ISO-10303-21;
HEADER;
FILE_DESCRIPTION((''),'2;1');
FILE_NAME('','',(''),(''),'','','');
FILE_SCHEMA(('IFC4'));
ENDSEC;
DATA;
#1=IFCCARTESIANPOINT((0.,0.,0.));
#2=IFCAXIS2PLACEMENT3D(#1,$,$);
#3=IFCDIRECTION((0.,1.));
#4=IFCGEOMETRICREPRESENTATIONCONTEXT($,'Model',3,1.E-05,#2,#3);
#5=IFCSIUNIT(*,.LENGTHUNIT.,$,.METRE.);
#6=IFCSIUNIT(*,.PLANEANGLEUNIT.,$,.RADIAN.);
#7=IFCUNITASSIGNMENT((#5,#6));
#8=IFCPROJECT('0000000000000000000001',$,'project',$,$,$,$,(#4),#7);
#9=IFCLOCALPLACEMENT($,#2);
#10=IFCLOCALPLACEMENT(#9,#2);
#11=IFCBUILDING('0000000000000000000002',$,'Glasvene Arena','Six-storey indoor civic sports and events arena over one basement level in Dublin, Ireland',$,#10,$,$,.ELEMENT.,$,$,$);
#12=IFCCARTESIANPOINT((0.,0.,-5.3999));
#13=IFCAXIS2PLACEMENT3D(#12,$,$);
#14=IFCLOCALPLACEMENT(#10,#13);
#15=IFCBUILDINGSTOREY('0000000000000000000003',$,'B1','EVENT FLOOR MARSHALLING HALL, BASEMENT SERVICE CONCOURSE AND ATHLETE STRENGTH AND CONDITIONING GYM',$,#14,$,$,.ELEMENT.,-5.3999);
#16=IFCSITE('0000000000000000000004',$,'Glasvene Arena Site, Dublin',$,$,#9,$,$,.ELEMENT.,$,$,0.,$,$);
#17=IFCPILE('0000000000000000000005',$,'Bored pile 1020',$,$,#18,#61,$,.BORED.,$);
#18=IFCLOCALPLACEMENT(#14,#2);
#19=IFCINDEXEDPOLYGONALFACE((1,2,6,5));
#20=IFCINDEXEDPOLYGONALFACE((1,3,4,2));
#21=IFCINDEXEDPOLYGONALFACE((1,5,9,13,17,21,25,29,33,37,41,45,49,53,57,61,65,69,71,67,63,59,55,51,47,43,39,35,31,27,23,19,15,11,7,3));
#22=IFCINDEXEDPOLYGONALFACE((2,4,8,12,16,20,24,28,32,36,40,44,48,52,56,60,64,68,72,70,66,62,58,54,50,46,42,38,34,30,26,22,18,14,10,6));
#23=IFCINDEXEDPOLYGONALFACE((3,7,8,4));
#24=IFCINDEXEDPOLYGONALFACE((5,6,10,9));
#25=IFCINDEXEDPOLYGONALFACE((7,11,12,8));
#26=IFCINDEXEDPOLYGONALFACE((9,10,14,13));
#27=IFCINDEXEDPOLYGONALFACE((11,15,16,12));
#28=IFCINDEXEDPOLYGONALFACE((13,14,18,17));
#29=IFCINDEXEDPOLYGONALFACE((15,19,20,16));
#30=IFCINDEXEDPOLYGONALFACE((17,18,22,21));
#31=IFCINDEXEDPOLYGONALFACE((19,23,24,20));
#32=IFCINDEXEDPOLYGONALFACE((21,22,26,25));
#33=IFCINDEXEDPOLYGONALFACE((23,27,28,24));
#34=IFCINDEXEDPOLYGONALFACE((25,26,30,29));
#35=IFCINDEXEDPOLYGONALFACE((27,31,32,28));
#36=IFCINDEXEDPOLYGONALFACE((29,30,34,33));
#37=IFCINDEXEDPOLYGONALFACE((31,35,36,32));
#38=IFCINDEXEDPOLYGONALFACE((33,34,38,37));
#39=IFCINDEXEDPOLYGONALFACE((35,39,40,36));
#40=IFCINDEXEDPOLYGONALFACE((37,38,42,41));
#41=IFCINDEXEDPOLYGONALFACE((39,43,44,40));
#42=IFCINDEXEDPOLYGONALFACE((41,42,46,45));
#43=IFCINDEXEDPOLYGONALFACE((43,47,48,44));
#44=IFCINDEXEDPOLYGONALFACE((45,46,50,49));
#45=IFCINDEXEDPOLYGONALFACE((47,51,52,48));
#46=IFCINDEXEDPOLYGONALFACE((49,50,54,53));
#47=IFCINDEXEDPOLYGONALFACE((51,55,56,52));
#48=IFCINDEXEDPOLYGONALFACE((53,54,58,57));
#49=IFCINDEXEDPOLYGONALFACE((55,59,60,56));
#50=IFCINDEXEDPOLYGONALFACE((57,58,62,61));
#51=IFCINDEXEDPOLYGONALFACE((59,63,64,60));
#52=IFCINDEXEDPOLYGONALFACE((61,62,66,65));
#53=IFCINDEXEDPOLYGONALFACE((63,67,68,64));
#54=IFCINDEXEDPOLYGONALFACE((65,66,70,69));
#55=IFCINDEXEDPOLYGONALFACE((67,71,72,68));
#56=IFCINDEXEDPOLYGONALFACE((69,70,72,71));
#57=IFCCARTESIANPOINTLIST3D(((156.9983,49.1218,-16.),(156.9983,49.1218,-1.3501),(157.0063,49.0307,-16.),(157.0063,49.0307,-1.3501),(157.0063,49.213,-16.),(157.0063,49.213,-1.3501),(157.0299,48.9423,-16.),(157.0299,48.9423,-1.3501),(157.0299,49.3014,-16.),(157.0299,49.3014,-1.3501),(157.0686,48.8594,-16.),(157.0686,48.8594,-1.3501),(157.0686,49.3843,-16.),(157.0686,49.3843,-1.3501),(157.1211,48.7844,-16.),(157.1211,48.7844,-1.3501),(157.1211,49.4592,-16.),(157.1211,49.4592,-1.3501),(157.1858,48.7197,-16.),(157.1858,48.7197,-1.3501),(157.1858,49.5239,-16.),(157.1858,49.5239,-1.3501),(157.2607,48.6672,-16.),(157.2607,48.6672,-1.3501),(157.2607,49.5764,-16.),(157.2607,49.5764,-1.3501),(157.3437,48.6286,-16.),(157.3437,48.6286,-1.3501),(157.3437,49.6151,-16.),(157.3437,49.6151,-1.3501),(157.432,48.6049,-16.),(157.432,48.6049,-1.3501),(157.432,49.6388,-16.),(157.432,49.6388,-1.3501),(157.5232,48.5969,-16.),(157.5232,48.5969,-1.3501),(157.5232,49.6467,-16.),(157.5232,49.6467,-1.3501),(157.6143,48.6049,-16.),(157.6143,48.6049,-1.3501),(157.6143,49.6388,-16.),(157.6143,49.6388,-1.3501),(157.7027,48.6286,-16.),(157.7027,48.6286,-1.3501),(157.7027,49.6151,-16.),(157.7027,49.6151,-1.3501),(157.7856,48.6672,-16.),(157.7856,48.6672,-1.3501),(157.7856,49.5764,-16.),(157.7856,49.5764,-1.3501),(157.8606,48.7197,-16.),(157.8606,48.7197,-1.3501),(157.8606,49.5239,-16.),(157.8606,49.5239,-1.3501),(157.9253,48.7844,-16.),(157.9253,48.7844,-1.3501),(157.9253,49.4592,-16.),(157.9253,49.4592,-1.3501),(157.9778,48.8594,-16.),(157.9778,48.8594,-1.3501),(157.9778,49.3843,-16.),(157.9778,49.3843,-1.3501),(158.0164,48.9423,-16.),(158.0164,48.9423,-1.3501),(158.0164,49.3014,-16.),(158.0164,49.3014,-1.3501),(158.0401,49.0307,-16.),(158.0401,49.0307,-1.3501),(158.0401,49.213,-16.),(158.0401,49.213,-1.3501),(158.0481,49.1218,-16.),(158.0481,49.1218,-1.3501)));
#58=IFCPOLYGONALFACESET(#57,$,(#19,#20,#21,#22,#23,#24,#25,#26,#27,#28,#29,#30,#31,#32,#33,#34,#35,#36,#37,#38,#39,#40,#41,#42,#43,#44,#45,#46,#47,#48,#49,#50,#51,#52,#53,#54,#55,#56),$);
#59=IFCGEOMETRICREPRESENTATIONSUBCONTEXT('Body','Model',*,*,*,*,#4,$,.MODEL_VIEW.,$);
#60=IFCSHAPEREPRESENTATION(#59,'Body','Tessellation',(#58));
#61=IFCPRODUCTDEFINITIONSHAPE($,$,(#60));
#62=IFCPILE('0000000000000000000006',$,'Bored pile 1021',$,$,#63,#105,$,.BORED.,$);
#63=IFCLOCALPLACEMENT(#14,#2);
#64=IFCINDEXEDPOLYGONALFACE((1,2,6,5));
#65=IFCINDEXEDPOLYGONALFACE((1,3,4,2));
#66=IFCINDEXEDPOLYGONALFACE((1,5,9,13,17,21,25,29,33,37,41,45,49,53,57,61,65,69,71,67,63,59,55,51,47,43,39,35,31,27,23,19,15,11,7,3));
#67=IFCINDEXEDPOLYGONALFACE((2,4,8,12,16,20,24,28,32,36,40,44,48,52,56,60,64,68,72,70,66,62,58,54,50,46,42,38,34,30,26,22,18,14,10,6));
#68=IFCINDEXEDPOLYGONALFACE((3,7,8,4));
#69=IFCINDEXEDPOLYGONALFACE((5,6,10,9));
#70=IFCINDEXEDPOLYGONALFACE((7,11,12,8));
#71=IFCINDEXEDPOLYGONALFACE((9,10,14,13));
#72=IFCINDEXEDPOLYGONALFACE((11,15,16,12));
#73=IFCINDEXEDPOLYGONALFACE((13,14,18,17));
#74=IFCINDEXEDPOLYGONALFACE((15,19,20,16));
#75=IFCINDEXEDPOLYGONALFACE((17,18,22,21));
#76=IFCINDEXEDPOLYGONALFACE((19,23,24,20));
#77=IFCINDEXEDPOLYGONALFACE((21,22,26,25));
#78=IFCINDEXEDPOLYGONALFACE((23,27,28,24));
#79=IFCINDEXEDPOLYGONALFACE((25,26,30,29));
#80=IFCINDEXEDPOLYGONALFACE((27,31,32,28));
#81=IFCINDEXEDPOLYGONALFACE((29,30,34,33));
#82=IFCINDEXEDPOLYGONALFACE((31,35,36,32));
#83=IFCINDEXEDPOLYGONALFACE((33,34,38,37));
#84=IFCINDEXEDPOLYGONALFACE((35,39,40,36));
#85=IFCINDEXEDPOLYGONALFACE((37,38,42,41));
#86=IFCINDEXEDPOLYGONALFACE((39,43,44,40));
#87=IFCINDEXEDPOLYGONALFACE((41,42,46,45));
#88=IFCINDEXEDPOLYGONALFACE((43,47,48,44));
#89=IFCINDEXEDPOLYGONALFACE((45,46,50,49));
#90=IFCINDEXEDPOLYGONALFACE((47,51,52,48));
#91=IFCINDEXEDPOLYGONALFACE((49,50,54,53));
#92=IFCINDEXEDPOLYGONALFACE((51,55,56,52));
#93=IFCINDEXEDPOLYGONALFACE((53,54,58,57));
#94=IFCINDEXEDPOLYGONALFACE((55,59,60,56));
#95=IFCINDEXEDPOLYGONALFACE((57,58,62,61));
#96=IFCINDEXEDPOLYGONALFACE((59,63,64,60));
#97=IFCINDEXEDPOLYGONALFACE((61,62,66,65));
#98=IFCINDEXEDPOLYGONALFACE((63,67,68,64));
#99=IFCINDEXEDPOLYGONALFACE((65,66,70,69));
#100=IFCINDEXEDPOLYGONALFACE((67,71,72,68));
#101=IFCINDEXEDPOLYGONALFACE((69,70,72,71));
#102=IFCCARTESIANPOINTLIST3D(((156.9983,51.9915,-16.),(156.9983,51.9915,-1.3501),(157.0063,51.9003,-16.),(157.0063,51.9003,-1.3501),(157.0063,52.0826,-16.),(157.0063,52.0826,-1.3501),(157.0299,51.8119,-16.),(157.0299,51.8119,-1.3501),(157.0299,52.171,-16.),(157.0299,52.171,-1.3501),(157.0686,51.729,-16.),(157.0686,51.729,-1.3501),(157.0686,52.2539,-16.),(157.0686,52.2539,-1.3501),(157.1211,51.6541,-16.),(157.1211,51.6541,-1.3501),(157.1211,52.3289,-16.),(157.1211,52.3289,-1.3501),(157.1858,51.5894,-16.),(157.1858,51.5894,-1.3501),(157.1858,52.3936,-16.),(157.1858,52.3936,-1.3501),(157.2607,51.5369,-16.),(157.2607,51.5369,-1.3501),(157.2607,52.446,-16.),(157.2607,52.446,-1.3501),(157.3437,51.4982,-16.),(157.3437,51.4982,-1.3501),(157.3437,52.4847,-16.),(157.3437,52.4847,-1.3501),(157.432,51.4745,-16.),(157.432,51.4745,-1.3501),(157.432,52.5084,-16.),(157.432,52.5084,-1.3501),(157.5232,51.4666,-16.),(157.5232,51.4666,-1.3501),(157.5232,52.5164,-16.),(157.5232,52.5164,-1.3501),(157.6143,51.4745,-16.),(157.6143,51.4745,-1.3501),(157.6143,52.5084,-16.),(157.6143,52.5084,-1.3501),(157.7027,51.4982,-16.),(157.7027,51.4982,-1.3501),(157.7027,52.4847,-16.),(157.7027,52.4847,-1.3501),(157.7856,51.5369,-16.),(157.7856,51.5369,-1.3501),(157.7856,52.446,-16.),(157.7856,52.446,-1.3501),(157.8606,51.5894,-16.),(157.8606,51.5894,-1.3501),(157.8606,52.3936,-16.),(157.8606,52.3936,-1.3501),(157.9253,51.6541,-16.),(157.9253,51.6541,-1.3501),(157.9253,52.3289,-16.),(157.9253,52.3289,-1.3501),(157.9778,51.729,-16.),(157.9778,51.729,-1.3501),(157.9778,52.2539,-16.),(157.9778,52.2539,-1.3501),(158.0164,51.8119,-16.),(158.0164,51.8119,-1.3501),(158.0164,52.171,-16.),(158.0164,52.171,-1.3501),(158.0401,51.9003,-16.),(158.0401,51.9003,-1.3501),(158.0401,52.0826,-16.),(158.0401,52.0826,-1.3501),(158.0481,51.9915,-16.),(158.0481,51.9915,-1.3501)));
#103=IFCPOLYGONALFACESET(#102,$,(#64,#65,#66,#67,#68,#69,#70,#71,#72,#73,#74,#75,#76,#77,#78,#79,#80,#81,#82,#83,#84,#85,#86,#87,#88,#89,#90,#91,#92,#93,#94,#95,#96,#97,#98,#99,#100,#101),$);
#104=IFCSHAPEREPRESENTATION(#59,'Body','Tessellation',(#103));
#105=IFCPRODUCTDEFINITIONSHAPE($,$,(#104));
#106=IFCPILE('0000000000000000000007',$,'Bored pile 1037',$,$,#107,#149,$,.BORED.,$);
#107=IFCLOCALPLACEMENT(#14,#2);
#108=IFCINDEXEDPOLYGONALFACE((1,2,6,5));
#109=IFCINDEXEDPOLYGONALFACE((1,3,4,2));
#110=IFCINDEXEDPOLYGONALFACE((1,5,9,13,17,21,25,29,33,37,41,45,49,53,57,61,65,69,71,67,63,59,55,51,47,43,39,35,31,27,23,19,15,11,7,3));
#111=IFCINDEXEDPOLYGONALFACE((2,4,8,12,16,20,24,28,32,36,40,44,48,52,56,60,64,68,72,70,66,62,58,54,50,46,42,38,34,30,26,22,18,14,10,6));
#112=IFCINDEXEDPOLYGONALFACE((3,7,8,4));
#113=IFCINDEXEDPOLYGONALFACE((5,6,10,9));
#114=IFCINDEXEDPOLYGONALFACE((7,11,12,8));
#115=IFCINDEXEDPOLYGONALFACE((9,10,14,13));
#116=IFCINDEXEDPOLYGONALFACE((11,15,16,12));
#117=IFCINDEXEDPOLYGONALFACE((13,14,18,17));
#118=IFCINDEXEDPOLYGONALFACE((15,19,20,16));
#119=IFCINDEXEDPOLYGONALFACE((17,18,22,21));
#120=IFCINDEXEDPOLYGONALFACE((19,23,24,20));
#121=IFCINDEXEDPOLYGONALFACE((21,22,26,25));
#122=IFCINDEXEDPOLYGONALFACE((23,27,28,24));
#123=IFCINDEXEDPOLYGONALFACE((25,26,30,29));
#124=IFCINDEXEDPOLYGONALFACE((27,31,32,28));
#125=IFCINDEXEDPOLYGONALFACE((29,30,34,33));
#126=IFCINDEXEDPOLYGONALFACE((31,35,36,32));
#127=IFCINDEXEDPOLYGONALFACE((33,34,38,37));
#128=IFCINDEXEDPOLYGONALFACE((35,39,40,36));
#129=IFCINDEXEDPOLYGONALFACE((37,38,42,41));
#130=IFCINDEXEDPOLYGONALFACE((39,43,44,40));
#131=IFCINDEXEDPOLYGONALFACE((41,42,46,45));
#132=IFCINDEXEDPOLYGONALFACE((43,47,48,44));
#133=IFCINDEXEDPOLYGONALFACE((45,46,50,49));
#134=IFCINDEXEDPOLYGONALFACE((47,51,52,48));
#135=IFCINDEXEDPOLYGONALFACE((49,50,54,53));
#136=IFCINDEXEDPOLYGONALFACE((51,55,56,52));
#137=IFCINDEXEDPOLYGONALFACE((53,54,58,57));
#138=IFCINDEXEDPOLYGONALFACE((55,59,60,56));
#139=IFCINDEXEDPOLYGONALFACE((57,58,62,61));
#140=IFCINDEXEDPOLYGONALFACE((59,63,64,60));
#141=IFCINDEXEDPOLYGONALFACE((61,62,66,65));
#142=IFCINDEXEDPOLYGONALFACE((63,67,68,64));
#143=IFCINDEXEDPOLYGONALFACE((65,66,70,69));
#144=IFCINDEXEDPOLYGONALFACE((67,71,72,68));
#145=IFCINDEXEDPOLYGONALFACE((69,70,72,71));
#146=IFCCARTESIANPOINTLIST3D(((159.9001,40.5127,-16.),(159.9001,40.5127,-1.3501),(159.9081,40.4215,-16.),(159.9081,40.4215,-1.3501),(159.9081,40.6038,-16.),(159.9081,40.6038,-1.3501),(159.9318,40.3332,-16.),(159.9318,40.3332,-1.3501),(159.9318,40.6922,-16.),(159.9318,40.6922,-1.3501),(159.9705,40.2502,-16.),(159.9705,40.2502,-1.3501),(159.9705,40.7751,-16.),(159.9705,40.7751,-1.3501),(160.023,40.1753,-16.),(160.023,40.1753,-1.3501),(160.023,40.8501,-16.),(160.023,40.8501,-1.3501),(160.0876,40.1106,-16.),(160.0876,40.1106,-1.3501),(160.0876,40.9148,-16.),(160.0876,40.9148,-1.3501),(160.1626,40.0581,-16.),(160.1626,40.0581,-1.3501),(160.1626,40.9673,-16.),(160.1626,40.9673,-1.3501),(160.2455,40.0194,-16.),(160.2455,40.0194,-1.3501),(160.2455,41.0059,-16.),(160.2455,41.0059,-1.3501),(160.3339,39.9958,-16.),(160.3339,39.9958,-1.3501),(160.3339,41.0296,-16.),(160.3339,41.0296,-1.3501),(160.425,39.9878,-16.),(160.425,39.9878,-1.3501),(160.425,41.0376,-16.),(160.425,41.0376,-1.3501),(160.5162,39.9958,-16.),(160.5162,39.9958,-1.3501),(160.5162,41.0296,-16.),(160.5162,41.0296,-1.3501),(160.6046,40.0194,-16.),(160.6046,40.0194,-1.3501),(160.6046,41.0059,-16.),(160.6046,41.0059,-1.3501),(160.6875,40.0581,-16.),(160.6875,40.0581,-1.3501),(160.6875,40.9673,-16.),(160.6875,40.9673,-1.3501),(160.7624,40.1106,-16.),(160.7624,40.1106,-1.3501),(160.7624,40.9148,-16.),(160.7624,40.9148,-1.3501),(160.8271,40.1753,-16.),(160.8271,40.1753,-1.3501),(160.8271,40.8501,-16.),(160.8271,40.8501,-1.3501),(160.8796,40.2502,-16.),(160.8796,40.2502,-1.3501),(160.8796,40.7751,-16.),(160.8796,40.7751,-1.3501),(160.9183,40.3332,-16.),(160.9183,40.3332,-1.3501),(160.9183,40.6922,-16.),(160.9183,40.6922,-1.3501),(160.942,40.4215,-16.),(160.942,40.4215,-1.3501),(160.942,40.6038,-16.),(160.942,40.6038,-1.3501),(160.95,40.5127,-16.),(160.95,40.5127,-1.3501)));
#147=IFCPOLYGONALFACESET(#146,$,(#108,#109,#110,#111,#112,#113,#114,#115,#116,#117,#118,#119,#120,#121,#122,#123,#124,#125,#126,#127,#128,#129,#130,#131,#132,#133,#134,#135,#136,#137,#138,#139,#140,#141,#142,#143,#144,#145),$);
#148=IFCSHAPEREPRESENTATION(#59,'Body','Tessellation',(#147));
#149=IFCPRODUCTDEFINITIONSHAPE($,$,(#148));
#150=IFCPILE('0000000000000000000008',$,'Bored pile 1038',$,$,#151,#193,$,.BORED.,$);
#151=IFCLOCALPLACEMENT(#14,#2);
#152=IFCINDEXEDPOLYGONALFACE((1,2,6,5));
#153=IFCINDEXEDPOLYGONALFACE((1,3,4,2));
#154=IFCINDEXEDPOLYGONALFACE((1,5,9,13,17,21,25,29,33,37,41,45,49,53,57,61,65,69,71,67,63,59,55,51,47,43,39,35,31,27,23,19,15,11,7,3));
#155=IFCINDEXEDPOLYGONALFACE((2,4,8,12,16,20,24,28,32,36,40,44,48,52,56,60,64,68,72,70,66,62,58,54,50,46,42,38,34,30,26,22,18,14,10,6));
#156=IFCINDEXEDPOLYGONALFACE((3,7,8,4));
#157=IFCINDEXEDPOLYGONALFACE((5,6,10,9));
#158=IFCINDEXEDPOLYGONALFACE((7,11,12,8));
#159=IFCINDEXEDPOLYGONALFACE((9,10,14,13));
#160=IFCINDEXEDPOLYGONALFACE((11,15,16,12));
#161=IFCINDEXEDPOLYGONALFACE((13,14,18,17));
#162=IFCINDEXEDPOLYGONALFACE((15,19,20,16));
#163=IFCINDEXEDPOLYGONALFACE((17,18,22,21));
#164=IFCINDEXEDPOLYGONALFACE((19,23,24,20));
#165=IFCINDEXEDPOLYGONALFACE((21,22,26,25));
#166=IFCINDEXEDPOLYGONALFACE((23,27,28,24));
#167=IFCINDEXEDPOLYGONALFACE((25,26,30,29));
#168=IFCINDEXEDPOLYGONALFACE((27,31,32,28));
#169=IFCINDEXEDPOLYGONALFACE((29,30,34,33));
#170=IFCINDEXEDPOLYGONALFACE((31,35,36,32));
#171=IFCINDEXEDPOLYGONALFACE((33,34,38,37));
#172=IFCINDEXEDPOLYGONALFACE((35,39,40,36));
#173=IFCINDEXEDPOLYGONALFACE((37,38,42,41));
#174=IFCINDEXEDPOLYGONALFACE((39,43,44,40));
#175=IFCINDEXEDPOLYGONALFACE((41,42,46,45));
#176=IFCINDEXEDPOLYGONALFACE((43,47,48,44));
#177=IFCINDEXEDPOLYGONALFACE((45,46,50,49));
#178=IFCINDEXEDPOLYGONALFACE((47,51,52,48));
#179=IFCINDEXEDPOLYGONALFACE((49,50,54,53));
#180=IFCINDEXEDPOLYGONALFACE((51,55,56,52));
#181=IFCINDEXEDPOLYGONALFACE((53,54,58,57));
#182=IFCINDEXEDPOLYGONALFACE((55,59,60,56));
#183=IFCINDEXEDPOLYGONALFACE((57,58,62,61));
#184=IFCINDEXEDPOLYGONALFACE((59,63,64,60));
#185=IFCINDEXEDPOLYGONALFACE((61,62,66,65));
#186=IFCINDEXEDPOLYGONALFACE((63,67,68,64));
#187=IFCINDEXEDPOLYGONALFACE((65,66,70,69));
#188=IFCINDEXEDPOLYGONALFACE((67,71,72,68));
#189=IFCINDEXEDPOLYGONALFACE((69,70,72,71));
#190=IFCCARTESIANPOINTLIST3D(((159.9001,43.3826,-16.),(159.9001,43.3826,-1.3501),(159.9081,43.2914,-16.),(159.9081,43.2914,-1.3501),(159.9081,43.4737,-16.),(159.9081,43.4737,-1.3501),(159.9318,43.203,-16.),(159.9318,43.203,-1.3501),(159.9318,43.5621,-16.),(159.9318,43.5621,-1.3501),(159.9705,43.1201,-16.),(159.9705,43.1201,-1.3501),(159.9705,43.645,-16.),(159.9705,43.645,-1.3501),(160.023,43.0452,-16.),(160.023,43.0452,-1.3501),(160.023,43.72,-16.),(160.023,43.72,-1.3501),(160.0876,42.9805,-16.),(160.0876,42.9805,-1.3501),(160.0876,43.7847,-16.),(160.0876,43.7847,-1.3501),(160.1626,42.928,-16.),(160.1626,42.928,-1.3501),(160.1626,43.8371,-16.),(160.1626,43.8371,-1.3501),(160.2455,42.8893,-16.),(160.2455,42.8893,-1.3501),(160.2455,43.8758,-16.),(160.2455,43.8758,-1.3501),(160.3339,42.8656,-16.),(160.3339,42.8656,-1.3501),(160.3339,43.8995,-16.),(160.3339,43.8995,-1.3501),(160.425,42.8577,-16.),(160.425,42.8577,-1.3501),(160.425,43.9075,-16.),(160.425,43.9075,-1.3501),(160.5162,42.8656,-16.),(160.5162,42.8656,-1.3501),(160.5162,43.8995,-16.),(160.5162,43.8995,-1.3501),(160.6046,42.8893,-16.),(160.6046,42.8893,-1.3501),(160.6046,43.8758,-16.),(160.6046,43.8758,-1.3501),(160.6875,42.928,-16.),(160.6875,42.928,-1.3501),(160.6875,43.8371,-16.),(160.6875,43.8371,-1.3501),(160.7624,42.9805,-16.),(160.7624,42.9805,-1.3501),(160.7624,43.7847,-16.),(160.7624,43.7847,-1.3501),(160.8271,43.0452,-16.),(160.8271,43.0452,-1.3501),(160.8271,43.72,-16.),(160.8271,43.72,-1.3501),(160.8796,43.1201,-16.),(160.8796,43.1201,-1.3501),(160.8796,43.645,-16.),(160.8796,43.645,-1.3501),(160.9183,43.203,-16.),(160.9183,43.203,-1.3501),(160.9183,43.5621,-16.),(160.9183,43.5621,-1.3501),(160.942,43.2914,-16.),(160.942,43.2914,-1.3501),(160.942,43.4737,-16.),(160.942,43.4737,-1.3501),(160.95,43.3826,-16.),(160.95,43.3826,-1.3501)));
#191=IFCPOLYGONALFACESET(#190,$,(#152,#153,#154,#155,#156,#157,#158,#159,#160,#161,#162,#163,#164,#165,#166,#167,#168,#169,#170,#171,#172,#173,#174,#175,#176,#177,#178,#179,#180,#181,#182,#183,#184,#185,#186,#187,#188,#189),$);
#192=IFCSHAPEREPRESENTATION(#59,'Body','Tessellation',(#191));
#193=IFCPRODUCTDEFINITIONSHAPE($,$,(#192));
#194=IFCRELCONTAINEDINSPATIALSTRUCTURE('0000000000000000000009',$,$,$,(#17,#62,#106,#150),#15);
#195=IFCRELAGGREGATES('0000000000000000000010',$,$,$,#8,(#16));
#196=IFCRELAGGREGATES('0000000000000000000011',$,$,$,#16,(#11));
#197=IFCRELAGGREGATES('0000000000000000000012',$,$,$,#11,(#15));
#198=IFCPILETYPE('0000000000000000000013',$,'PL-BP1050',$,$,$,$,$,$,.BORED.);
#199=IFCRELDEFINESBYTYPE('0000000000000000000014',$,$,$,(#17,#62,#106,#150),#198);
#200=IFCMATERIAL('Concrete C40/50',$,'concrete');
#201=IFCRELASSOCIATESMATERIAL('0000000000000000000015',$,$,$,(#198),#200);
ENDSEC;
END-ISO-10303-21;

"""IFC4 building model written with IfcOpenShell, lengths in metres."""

from ifc_helpers import new_model, si_unit, direction, frame, origin, origin_2d, place, context, subcontext, project, spatial, circle, extrude, material, material_profile, profile_set, type_object, element, save


model = new_model("IFC4")

# Units and contexts
model_context = context("Model", 3, precision=1e-05, world=origin(), true_north=direction((0.0, 1.0)))
body_context = subcontext(model_context, "Body", "Model", "MODEL_VIEW")
ifc_project = project(units=[si_unit("LENGTHUNIT", "METRE"), si_unit("PLANEANGLEUNIT", "RADIAN")], contexts=[model_context])

# Site, building, storey
site_placement = place(None, origin())
site = spatial("IfcSite", under=ifc_project, at=site_placement, Name="Glasvene Arena Site, Dublin", CompositionType="ELEMENT", RefElevation=0.0)
building_placement = place(site_placement, origin())
building = spatial("IfcBuilding", under=site, at=building_placement, Name="Glasvene Arena", Description="Six-storey indoor civic sports and events arena over one basement level in Dublin, Ireland", CompositionType="ELEMENT")
storey_placement = place(building_placement, frame((0.0, 0.0, -5.3999)))
storey = spatial("IfcBuildingStorey", under=building, at=storey_placement, Name="B1", Description="EVENT FLOOR MARSHALLING HALL, BASEMENT SERVICE CONCOURSE AND ATHLETE STRENGTH AND CONDITIONING GYM", CompositionType="ELEMENT", Elevation=-5.3999)

# Shared definitions
ifc_material_1 = material(Name="Concrete C40/50", Category="concrete")

# Piles
ifc_material_profile_1 = material_profile(ifc_material_1, circle(Radius=0.5249, at=origin_2d()), Name="BORED PILE 1050")
ifc_profile_set_1 = profile_set([ifc_material_profile_1], Name="Concrete C40/50")
pile_type_1 = type_object("IfcPileType", Name="PL-BP1050", PredefinedType="BORED", material=ifc_profile_set_1)
for number, where, z_axis, x_axis, name in (
    (1, (157.5232, 49.1218, -1.3501), (0.0, 0.0, -1.0), (1.0, 0.0, 0.0), "Bored pile 1020"),
    (2, (157.5232, 51.9915, -1.3501), (0.0, 0.0, -1.0), (1.0, 0.0, 0.0), "Bored pile 1021"),
    (3, (160.425, 40.5127, -1.3501), (0.0, 0.0, -1.0), (1.0, 0.0, 0.0), "Bored pile 1037"),
    (4, (160.425, 43.3826, -1.3501), (0.0, 0.0, -1.0), (1.0, 0.0, 0.0), "Bored pile 1038"),
):
    element("IfcPile", number, at=place(storey_placement, frame(where, z_axis=z_axis, x_axis=x_axis)), inside=storey, type_object=pile_type_1, Name=name, PredefinedType="BORED", context=body_context, shape_type="SweptSolid", body=[
        extrude(circle(Radius=0.5249, at=origin_2d()), origin(), (0.0, 0.0, 1.0), 14.6499),
    ])

save(model, "model.ifc")
